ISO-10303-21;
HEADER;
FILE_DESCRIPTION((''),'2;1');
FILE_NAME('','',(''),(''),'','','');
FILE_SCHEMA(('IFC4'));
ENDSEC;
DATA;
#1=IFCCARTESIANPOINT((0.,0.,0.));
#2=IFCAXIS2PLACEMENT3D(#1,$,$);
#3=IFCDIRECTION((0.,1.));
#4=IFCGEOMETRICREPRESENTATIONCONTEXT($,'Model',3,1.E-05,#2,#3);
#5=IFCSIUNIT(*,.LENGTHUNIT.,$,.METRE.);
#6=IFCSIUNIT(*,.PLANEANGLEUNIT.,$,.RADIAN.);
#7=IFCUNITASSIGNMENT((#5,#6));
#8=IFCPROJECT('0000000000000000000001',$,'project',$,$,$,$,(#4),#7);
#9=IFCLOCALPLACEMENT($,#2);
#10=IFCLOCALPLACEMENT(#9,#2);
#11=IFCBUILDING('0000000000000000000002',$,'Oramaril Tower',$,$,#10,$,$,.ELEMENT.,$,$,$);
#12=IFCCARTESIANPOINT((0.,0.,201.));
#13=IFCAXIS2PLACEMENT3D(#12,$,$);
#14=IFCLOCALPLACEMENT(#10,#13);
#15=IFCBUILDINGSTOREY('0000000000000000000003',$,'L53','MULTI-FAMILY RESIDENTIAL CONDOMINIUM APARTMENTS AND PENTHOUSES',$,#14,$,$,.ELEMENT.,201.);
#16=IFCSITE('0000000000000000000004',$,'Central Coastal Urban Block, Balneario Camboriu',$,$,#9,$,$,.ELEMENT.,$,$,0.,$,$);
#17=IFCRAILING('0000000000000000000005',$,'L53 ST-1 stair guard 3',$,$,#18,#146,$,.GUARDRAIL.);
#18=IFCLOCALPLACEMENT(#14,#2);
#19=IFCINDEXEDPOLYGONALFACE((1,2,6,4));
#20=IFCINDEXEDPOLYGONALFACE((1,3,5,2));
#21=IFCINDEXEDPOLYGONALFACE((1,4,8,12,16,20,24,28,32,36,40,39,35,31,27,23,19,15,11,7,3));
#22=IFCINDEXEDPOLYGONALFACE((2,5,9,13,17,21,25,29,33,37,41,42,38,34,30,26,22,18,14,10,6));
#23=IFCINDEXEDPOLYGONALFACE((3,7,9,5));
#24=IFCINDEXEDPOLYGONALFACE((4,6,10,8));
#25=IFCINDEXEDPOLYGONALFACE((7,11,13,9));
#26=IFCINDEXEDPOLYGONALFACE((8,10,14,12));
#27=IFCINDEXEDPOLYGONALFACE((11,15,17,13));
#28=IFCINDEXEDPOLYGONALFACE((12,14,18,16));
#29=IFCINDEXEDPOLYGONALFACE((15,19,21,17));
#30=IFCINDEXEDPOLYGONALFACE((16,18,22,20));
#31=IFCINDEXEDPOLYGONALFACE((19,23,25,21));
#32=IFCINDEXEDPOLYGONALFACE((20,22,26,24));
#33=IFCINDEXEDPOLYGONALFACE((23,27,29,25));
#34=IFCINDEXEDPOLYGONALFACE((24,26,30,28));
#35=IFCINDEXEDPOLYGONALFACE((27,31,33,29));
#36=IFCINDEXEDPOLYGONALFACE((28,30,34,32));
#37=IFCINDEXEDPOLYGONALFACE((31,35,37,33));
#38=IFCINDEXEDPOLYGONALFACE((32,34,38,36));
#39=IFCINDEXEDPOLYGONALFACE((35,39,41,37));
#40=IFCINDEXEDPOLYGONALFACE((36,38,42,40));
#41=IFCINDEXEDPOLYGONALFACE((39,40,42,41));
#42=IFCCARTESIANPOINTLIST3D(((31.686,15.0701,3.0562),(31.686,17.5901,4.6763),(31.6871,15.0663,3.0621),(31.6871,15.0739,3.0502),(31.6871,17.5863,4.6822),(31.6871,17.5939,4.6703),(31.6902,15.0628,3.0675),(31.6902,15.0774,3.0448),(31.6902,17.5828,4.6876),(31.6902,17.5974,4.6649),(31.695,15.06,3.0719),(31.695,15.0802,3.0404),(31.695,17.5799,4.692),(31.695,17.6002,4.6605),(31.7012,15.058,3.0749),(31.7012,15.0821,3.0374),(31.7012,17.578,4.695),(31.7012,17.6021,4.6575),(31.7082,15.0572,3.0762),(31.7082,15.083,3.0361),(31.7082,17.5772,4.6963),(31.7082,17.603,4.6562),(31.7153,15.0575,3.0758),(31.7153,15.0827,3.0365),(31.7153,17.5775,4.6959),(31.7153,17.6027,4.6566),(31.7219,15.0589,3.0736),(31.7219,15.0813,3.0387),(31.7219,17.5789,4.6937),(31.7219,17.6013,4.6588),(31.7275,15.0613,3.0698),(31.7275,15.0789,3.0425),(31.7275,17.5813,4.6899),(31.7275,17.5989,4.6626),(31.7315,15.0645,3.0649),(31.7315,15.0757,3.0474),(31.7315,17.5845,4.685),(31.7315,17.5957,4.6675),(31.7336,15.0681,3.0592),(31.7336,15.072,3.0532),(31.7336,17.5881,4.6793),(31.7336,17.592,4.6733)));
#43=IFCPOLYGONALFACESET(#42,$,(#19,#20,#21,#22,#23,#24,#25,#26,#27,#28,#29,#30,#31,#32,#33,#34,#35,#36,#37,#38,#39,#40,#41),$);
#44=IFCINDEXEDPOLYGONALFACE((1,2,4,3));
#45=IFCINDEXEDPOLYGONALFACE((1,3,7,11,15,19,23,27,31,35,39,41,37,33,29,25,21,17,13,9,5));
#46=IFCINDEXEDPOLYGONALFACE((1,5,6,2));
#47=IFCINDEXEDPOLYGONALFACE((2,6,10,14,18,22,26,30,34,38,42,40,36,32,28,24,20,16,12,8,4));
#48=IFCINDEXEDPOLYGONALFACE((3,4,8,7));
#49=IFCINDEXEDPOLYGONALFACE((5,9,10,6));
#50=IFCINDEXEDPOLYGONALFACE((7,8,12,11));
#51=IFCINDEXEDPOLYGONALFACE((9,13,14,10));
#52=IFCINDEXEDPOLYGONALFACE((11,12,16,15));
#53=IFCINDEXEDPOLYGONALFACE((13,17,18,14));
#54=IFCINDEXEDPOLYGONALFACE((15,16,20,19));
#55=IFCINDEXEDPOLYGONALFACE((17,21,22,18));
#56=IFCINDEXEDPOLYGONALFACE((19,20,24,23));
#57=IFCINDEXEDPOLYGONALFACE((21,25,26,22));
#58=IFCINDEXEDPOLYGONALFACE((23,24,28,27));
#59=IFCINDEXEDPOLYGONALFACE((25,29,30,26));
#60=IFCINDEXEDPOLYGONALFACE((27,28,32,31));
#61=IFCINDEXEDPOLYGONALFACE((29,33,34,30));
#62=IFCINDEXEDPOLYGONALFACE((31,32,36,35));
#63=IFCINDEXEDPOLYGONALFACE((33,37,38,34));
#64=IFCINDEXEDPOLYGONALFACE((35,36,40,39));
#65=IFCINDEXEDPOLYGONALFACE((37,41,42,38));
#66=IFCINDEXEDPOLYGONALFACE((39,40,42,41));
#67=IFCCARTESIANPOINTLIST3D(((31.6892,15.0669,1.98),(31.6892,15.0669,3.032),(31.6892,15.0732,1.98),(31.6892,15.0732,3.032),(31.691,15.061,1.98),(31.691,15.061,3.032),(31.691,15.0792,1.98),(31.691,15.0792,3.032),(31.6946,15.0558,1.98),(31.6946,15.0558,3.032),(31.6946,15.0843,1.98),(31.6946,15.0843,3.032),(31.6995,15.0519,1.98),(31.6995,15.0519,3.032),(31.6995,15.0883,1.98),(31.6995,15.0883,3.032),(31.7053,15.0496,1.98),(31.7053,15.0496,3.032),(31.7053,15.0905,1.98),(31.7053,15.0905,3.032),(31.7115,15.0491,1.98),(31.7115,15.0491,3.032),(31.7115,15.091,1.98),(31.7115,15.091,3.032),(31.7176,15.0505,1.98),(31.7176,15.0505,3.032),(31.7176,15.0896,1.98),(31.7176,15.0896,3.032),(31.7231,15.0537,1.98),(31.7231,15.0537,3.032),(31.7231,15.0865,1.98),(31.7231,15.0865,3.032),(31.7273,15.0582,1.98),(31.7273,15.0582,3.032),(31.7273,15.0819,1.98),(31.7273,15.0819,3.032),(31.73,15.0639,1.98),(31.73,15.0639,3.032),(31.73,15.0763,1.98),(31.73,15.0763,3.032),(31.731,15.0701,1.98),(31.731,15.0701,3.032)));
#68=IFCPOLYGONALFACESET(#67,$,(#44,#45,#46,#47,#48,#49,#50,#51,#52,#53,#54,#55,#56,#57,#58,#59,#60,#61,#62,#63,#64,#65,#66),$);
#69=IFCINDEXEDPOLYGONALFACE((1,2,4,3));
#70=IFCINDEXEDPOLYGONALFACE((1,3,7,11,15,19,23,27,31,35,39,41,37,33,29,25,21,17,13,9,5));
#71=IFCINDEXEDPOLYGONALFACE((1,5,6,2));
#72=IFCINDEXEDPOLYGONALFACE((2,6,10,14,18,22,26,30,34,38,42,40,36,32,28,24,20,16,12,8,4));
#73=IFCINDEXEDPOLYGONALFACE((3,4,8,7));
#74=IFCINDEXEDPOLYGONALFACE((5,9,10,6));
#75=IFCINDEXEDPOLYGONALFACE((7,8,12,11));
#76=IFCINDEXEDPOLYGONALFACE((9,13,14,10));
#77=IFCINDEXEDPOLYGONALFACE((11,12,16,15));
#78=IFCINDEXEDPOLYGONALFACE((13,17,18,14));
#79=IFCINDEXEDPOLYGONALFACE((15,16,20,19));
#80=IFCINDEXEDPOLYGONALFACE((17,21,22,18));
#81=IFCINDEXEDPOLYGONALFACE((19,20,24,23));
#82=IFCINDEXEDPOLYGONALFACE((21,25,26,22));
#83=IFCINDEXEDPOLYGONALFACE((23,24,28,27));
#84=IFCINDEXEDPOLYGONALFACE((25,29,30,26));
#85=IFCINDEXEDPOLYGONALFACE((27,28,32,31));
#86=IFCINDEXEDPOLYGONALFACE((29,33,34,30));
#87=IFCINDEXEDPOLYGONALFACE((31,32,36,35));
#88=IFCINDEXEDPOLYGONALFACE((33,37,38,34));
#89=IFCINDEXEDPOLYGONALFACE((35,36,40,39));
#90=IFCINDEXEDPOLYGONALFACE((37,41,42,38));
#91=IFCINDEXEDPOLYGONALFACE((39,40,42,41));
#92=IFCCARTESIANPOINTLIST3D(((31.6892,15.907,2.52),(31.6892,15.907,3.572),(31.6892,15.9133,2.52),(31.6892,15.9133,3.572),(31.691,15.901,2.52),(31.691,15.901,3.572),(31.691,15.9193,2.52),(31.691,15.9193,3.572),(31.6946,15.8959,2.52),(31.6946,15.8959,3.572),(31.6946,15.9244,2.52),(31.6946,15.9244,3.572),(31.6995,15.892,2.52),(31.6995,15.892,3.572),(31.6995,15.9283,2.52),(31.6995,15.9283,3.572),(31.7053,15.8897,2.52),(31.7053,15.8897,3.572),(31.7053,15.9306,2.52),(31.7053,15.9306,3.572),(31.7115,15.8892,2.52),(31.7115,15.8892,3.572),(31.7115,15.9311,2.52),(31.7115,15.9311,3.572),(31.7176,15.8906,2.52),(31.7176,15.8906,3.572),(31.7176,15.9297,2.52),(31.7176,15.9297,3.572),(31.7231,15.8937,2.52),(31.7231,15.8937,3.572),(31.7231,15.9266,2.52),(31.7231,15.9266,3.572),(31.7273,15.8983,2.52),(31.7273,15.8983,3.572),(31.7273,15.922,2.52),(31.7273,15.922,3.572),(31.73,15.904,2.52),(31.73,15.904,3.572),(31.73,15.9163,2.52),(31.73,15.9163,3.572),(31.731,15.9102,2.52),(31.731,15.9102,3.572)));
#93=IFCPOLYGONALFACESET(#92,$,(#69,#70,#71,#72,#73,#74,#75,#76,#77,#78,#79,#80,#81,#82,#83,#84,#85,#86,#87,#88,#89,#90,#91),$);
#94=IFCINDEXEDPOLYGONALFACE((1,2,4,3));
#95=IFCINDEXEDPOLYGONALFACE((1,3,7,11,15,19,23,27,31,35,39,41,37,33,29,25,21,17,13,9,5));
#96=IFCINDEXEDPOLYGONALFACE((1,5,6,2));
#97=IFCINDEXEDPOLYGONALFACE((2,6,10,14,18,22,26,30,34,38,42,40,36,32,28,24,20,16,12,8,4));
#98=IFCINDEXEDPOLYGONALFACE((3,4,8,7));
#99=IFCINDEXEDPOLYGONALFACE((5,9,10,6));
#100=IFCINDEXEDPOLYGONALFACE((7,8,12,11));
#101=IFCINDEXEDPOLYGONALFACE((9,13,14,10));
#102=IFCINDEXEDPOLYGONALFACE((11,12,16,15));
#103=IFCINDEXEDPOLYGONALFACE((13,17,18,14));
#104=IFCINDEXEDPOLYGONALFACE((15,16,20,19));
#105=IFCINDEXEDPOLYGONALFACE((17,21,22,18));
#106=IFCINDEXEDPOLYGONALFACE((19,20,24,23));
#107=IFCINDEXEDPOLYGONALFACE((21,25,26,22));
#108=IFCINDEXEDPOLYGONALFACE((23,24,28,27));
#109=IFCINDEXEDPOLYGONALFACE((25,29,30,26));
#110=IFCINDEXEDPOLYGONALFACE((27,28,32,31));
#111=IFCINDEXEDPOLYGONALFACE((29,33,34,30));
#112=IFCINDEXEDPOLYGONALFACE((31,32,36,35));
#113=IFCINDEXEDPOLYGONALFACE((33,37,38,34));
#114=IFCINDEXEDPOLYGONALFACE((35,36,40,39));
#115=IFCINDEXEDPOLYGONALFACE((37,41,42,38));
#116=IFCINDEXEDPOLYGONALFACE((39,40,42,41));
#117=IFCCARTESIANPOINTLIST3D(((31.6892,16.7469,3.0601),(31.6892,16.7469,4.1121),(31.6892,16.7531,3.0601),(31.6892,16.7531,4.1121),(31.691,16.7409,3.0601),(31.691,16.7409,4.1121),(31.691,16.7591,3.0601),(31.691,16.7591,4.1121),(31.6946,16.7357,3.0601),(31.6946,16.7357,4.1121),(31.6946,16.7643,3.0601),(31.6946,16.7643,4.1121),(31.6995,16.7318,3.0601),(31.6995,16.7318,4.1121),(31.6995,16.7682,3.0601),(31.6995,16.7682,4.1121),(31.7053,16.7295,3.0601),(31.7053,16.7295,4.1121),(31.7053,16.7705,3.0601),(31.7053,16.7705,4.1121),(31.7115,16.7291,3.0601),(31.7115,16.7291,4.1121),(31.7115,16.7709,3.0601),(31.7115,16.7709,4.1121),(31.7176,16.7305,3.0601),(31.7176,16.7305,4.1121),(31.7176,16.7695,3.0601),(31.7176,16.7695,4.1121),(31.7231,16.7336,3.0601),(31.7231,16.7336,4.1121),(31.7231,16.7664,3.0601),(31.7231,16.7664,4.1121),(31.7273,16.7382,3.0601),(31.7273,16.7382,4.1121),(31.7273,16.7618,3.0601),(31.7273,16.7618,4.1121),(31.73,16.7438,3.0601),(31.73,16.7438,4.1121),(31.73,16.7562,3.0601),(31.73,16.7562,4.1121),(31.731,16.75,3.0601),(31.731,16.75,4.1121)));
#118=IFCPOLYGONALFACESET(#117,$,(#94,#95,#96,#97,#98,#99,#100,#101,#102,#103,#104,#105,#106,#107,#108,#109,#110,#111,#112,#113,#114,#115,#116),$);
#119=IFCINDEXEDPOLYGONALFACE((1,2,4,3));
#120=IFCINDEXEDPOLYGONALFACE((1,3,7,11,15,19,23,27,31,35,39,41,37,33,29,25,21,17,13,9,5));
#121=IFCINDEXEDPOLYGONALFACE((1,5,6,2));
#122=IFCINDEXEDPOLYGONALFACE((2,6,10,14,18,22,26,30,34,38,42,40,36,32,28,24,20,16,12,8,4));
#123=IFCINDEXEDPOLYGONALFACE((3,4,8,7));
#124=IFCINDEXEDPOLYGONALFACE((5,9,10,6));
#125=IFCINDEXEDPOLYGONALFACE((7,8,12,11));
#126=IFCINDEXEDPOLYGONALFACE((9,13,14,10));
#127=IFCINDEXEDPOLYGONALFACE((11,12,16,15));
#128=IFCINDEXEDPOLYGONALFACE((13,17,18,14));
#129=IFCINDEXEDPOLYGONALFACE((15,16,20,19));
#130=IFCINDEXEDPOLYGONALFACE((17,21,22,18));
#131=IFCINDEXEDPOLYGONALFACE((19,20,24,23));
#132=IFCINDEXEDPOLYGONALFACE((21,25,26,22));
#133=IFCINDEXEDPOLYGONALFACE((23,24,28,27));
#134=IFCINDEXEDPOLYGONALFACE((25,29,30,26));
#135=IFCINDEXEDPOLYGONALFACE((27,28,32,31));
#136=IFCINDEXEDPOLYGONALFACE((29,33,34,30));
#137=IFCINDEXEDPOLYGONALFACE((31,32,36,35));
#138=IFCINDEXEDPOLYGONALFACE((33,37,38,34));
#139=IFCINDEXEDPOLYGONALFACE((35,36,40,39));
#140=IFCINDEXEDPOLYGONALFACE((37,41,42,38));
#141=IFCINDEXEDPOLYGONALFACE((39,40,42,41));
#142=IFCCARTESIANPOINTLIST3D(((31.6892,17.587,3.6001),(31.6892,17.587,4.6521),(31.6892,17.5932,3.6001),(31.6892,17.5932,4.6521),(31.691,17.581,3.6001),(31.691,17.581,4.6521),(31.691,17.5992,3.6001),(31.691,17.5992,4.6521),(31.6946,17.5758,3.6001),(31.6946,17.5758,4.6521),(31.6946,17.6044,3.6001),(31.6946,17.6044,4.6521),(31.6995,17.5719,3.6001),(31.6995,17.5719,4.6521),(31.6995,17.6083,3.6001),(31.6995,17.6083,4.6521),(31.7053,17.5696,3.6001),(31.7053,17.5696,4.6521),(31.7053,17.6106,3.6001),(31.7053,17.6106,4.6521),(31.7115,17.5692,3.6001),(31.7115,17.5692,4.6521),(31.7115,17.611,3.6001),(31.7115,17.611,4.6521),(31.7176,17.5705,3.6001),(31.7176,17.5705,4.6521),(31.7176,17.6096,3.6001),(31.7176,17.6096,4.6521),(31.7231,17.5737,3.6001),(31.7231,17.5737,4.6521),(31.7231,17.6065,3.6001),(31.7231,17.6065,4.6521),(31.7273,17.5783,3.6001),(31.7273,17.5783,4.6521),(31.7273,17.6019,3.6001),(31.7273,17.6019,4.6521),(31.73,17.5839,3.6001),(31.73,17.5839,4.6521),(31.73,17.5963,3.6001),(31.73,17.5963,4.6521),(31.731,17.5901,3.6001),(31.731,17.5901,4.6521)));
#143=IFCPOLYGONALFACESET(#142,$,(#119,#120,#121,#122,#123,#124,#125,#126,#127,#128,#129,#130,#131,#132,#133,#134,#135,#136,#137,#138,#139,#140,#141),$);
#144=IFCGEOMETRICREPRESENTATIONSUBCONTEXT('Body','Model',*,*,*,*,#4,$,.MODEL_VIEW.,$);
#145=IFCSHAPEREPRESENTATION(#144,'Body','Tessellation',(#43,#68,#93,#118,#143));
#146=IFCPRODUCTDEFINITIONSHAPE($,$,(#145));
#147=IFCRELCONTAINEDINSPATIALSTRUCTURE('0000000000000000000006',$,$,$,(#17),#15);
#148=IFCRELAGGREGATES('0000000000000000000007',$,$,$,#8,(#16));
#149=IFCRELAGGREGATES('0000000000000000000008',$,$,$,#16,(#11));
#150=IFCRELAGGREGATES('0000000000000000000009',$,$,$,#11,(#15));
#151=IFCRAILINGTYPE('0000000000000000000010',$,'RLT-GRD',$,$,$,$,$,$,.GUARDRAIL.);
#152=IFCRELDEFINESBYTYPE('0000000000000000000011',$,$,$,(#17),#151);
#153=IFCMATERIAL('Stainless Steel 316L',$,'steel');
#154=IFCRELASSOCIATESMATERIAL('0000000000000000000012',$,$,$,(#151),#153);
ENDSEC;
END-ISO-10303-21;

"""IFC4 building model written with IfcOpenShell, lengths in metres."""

from ifc_helpers import new_model, si_unit, direction, frame, origin, origin_2d, place, context, subcontext, project, spatial, circle, extrude, material, type_object, element, save


model = new_model("IFC4")

# Units and contexts
model_context = context("Model", 3, precision=1e-05, world=origin(), true_north=direction((0.0, 1.0)))
body_context = subcontext(model_context, "Body", "Model", "MODEL_VIEW")
ifc_project = project(units=[si_unit("LENGTHUNIT", "METRE"), si_unit("PLANEANGLEUNIT", "RADIAN")], contexts=[model_context])

# Site, building, storey
site_placement = place(None, origin())
site = spatial("IfcSite", under=ifc_project, at=site_placement, Name="Central Coastal Urban Block, Balneario Camboriu", CompositionType="ELEMENT", RefElevation=0.0)
building_placement = place(site_placement, origin())
building = spatial("IfcBuilding", under=site, at=building_placement, Name="Oramaril Tower", CompositionType="ELEMENT")
storey_placement = place(building_placement, frame((0.0, 0.0, 201.0)))
storey = spatial("IfcBuildingStorey", under=building, at=storey_placement, Name="L53", Description="MULTI-FAMILY RESIDENTIAL CONDOMINIUM APARTMENTS AND PENTHOUSES", CompositionType="ELEMENT", Elevation=201.0)

# Railing
ifc_material_1 = material(Name="Stainless Steel 316L", Category="steel")
railing_type_1 = type_object("IfcRailingType", Name="RLT-GRD", PredefinedType="GUARDRAIL", material=ifc_material_1)
railing_1_placement = place(storey_placement, frame((31.71, 15.0701, 1.98)))
element("IfcRailing", 1, at=railing_1_placement, inside=storey, type_object=railing_type_1, Name="L53 ST-1 stair guard 3", PredefinedType="GUARDRAIL", context=body_context, shape_type="SweptSolid", body=[
    extrude(circle(Radius=0.0239, at=origin_2d()), frame((0.0, 0.0, 1.0762), z_axis=(0.0, 0.841163, 0.540782), x_axis=(-1.0, 0.0, 0.0)), (0.0, 0.0, 1.0), 2.9958),
    extrude(circle(Radius=0.021, at=origin_2d()), origin(), (0.0, 0.0, 1.0), 1.052),
    extrude(circle(Radius=0.021, at=origin_2d()), frame((0.0, 0.8401, 0.54)), (0.0, 0.0, 1.0), 1.052),
    extrude(circle(Radius=0.021, at=origin_2d()), frame((0.0, 1.6799, 1.0801)), (0.0, 0.0, 1.0), 1.052),
    extrude(circle(Radius=0.021, at=origin_2d()), frame((0.0, 2.52, 1.6201)), (0.0, 0.0, 1.0), 1.052),
])

save(model, "model.ifc")
